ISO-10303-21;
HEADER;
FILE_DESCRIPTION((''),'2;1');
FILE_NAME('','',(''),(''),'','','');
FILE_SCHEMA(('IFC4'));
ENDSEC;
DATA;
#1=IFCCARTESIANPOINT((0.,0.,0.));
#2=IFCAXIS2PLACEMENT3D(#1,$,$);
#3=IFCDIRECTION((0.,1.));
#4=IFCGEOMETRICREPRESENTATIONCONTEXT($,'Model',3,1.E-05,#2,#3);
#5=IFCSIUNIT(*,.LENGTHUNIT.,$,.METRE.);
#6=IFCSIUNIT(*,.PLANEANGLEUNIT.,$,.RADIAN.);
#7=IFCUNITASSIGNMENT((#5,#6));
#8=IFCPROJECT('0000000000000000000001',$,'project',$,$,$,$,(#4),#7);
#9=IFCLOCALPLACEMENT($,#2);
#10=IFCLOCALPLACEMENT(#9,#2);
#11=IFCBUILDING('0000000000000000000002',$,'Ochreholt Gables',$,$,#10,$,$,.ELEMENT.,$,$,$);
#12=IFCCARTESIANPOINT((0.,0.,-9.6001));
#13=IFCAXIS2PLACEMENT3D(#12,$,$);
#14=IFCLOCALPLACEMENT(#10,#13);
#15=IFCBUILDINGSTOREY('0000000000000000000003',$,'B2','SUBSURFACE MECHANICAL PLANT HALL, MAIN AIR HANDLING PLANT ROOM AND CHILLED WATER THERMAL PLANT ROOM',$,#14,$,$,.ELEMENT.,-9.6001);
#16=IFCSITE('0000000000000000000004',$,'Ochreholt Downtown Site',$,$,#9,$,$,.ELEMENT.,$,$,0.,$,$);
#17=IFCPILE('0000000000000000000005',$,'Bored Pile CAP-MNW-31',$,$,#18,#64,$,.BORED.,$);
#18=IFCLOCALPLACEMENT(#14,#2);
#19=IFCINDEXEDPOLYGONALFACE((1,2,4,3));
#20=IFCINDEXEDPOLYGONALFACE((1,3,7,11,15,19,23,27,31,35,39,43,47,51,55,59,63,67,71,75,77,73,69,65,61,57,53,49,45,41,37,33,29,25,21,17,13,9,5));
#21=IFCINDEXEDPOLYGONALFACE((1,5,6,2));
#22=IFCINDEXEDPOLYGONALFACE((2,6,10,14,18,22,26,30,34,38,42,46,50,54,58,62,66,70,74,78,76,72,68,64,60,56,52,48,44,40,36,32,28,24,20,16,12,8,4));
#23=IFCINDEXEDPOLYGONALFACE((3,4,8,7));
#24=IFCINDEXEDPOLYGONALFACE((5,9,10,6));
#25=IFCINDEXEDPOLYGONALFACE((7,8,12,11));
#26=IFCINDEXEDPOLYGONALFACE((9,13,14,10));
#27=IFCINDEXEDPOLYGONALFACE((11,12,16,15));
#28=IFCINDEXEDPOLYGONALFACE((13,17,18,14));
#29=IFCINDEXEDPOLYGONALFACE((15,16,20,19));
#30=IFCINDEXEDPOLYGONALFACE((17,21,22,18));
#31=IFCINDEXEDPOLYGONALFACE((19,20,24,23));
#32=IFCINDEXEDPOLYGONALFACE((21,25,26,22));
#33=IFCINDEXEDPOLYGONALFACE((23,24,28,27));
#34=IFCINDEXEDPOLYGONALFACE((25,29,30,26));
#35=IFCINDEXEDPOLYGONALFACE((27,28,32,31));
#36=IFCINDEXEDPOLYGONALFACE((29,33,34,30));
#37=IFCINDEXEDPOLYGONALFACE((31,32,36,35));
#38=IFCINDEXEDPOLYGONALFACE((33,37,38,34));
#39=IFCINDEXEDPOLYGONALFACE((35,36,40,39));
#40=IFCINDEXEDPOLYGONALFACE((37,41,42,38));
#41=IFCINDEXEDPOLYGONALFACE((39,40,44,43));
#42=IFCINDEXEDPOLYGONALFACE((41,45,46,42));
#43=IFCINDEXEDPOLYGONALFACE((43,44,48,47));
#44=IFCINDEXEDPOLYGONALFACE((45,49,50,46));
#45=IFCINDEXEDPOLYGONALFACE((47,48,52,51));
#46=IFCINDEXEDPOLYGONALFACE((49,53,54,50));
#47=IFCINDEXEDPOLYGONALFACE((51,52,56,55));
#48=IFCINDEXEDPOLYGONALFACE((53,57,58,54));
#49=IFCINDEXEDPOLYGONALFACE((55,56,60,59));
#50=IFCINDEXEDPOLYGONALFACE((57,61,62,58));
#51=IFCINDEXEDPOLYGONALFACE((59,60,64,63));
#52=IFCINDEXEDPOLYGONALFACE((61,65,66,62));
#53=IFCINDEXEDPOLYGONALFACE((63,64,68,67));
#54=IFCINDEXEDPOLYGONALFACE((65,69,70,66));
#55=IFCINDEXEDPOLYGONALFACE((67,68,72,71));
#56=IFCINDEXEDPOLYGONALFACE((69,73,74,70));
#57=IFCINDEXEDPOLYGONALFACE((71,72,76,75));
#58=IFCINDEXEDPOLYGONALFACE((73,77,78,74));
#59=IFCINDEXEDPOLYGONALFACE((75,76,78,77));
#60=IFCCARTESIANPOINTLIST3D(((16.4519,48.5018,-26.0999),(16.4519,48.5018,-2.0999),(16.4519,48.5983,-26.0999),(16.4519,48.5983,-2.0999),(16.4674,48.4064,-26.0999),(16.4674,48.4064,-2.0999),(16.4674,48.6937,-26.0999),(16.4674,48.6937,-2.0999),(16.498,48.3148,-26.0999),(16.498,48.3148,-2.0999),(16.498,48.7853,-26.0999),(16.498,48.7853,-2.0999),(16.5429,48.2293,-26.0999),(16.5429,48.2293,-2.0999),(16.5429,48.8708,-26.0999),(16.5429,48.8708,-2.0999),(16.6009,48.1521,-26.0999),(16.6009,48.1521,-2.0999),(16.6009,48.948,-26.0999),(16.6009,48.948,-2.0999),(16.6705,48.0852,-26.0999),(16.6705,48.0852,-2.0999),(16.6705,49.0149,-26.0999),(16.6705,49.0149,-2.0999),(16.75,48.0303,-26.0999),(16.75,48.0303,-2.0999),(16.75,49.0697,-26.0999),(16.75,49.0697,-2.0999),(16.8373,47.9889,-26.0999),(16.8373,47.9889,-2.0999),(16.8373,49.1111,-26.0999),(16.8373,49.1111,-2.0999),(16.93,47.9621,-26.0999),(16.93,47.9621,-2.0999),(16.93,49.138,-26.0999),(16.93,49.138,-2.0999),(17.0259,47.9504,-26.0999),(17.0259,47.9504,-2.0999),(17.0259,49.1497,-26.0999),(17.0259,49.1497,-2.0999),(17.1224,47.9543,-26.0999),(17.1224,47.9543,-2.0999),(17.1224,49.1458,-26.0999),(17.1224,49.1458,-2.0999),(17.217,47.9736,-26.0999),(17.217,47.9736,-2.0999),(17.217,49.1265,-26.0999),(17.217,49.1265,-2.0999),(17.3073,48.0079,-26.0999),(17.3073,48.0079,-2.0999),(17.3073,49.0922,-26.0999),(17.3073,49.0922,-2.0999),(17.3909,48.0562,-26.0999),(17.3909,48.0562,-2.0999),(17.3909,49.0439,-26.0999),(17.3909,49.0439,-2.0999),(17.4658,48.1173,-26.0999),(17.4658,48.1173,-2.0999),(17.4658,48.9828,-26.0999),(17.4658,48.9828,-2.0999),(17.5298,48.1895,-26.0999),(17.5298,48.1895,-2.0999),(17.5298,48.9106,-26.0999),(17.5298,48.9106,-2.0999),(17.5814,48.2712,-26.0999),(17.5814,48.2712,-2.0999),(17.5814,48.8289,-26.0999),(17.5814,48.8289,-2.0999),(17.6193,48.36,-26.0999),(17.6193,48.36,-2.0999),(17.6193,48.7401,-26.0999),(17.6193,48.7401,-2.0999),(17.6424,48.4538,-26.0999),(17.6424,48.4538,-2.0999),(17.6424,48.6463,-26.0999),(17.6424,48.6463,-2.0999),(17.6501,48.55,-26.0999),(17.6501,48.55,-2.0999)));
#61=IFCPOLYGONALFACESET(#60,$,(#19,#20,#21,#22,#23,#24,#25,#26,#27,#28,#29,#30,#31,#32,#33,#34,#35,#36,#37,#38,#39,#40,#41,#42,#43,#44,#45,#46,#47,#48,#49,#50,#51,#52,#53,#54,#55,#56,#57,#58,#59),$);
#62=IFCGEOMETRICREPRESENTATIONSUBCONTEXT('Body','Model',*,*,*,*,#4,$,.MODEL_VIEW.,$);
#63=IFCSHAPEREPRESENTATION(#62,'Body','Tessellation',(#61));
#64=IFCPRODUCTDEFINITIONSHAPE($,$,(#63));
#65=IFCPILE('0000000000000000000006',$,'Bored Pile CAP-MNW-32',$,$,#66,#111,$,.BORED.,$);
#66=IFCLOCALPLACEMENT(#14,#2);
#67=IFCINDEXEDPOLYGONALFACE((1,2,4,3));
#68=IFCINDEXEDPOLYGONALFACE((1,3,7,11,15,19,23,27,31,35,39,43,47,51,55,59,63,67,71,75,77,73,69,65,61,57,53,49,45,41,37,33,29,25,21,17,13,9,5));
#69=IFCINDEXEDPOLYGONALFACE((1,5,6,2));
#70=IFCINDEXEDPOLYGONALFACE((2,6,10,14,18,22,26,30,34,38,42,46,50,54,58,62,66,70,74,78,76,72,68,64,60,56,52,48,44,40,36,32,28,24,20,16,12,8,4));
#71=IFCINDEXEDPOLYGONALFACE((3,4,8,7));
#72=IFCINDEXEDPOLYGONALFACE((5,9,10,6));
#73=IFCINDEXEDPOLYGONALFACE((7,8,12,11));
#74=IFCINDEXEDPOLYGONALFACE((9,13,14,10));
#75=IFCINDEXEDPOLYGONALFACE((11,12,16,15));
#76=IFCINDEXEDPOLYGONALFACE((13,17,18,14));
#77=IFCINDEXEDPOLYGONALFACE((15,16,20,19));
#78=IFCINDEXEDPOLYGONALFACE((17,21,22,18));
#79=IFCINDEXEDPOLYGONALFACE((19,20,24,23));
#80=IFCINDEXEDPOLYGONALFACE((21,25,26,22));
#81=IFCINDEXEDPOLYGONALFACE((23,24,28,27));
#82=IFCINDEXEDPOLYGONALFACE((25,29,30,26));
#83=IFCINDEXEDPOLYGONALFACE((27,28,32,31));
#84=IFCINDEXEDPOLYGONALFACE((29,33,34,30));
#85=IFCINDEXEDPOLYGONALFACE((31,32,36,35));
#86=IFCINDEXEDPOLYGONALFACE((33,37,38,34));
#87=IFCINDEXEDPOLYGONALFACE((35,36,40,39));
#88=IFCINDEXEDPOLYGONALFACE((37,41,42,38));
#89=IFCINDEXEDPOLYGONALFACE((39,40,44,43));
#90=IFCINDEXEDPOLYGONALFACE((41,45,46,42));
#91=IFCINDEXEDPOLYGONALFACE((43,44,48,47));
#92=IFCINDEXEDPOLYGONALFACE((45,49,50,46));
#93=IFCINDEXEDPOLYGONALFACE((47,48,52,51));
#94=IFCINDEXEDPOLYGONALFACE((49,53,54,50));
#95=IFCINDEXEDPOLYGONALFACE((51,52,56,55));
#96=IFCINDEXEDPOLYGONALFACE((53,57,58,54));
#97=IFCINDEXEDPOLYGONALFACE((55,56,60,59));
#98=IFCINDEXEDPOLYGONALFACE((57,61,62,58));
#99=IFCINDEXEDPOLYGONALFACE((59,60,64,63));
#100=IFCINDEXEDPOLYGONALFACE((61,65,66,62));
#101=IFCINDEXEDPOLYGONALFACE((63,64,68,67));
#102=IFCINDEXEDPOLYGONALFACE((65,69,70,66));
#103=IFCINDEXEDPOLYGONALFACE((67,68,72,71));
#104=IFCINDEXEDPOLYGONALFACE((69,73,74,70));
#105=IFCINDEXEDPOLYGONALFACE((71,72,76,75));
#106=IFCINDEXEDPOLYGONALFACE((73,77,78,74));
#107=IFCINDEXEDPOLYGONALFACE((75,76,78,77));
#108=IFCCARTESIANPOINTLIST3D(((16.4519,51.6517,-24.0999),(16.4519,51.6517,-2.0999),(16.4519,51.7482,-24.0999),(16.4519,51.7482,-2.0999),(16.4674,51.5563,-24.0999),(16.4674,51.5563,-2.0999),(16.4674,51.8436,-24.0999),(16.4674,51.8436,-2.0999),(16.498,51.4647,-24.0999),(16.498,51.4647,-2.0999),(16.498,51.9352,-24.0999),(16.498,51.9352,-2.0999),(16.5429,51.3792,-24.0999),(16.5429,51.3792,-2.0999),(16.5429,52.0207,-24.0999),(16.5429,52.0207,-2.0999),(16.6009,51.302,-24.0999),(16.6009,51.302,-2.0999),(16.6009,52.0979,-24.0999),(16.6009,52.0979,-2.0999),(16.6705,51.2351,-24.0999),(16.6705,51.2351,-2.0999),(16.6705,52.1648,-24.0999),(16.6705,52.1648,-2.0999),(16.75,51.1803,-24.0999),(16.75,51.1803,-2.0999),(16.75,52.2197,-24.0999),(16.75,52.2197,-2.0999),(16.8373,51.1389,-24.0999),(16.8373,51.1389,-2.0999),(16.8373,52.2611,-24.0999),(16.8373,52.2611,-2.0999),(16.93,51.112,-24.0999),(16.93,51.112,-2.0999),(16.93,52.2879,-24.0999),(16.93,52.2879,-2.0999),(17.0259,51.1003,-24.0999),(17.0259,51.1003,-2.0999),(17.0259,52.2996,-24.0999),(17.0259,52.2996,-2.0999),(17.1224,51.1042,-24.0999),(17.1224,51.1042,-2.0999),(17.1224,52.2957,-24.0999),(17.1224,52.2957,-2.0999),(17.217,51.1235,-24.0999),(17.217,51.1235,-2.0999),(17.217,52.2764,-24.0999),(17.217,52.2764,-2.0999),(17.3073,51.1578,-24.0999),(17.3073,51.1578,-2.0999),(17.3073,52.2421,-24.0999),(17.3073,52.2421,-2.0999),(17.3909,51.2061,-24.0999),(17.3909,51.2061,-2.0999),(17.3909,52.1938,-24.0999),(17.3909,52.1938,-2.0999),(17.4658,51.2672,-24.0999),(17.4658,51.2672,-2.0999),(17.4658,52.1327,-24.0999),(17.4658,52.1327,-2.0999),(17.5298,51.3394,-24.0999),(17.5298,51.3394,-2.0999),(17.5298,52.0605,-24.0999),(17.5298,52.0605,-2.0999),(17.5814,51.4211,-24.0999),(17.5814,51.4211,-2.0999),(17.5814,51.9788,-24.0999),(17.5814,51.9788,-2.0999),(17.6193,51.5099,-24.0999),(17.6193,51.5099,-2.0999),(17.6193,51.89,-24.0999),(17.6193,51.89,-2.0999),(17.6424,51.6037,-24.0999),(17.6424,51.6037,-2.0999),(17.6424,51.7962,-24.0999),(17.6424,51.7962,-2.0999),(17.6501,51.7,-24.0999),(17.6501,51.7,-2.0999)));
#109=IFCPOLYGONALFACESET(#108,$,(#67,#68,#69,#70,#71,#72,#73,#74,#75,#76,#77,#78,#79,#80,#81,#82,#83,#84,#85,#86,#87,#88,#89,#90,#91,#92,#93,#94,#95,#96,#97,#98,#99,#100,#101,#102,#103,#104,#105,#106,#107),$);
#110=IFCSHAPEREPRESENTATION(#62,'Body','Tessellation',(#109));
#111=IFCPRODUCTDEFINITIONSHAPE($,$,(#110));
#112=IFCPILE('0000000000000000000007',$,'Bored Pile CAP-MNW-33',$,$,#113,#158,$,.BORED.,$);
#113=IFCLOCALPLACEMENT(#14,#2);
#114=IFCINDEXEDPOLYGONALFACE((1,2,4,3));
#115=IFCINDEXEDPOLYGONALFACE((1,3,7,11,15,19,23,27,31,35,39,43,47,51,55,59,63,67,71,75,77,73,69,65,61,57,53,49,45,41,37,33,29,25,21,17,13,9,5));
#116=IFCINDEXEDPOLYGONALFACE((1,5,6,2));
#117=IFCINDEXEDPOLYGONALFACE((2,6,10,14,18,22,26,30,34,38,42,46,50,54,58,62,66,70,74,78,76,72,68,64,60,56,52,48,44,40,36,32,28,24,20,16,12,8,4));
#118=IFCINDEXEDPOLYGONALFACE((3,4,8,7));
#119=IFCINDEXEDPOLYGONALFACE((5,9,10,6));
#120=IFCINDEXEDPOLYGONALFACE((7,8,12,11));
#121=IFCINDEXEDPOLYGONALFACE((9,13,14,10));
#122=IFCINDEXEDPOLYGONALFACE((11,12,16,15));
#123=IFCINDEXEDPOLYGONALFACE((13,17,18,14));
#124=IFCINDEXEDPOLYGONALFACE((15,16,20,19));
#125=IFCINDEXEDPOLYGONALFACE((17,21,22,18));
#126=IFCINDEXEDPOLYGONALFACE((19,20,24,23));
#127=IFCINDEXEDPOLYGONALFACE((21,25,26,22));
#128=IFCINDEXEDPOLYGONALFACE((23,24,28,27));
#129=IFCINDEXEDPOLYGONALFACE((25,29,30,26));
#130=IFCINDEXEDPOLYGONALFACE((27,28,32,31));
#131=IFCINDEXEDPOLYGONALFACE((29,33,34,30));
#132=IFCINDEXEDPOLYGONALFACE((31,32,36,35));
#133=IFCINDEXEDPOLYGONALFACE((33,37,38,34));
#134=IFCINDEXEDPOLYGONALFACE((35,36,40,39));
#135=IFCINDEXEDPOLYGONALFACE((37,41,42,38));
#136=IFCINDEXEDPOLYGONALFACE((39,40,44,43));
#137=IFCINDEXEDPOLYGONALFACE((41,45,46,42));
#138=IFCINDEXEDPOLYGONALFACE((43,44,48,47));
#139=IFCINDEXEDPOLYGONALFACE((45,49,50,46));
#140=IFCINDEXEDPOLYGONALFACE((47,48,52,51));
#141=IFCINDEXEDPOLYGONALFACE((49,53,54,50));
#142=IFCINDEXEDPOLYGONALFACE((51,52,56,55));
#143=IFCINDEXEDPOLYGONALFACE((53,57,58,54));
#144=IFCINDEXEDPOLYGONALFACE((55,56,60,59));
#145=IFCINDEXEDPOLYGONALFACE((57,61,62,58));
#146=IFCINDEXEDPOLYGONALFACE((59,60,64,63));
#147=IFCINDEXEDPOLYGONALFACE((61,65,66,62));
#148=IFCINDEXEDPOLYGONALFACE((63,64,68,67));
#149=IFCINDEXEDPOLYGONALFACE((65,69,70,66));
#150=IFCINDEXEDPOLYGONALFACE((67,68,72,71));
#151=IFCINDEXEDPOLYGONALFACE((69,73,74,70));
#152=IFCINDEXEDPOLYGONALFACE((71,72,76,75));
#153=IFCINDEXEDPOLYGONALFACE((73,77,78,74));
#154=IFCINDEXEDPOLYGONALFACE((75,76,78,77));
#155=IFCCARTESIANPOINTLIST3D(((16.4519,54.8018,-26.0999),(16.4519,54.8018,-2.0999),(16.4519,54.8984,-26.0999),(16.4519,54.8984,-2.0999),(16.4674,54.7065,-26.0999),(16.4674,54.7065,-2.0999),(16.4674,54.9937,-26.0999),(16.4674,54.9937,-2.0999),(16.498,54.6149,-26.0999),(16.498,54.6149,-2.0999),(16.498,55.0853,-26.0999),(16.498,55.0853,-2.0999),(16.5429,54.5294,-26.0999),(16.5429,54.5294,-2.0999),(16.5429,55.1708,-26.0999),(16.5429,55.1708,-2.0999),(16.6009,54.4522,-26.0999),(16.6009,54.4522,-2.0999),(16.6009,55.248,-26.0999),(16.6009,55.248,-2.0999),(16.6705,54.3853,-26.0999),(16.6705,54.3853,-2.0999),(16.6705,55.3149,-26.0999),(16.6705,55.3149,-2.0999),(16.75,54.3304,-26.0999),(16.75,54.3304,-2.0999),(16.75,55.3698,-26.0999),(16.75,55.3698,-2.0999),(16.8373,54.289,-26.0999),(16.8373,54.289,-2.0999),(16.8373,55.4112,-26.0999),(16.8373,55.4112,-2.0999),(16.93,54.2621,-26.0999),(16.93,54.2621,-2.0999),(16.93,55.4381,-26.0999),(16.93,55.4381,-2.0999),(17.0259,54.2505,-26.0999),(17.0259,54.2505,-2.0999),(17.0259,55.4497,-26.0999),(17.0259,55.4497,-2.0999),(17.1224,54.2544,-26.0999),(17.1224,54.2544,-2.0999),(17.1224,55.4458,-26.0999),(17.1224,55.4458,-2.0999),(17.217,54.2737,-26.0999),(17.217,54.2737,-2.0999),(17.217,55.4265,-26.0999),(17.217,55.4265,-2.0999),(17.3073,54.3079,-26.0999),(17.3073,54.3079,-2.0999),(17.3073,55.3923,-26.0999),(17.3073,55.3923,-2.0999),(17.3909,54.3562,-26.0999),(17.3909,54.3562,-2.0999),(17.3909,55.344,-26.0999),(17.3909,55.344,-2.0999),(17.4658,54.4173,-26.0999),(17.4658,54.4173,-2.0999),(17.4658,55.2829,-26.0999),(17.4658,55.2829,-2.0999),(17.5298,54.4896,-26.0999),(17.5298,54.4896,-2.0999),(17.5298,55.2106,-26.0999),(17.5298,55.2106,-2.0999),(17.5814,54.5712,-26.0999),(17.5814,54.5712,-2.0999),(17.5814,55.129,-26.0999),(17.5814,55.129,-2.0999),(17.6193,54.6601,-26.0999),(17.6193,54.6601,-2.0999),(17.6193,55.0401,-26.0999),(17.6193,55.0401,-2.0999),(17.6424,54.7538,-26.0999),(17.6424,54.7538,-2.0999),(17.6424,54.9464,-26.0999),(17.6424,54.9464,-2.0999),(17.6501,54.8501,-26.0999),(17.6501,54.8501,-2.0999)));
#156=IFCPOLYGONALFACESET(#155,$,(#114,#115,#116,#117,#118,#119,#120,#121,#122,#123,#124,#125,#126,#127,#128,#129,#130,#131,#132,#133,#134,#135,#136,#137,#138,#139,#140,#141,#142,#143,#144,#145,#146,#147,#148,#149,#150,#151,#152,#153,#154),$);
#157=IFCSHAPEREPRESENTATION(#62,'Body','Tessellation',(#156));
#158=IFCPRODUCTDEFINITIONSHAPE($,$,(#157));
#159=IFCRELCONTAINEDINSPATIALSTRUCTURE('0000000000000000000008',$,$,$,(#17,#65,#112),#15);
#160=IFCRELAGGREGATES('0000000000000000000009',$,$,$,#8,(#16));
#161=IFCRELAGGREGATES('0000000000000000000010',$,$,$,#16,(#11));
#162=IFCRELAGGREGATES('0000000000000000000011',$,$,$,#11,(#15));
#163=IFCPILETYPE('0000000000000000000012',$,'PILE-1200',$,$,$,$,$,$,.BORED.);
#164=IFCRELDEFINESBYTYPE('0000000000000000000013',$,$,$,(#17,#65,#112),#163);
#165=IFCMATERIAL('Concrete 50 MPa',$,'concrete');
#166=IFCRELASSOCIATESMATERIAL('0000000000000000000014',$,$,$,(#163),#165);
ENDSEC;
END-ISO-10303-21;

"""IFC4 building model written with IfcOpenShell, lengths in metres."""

from ifc_helpers import new_model, si_unit, direction, frame, origin, origin_2d, place, context, subcontext, project, spatial, circle, extrude, material, material_profile, profile_set, type_object, element, save


model = new_model("IFC4")

# Units and contexts
model_context = context("Model", 3, precision=1e-05, world=origin(), true_north=direction((0.0, 1.0)))
body_context = subcontext(model_context, "Body", "Model", "MODEL_VIEW")
ifc_project = project(units=[si_unit("LENGTHUNIT", "METRE"), si_unit("PLANEANGLEUNIT", "RADIAN")], contexts=[model_context])

# Site, building, storey
site_placement = place(None, origin())
site = spatial("IfcSite", under=ifc_project, at=site_placement, Name="Ochreholt Downtown Site", CompositionType="ELEMENT", RefElevation=0.0)
building_placement = place(site_placement, origin())
building = spatial("IfcBuilding", under=site, at=building_placement, Name="Ochreholt Gables", CompositionType="ELEMENT")
storey_placement = place(building_placement, frame((0.0, 0.0, -9.6001)))
storey = spatial("IfcBuildingStorey", under=building, at=storey_placement, Name="B2", Description="SUBSURFACE MECHANICAL PLANT HALL, MAIN AIR HANDLING PLANT ROOM AND CHILLED WATER THERMAL PLANT ROOM", CompositionType="ELEMENT", Elevation=-9.6001)

# Shared definitions
ifc_material_1 = material(Name="Concrete 50 MPa", Category="concrete")

# Piles
ifc_material_profile_1 = material_profile(ifc_material_1, circle(Radius=0.6001, at=origin_2d()), Name="PILE1200")
ifc_profile_set_1 = profile_set([ifc_material_profile_1], Name="Concrete 50 MPa")
pile_type_1 = type_object("IfcPileType", Name="PILE-1200", PredefinedType="BORED", material=ifc_profile_set_1)
pile_1_placement = place(storey_placement, frame((17.05, 48.55, -2.0999), z_axis=(0.0, 0.0, -1.0), x_axis=(1.0, 0.0, 0.0)))
element("IfcPile", 1, at=pile_1_placement, inside=storey, type_object=pile_type_1, Name="Bored Pile CAP-MNW-31", PredefinedType="BORED", context=body_context, shape_type="SweptSolid", body=[
    extrude(circle(Radius=0.6001, at=origin_2d()), origin(), (0.0, 0.0, 1.0), 24.0),
])
pile_2_placement = place(storey_placement, frame((17.05, 51.7, -2.0999), z_axis=(0.0, 0.0, -1.0), x_axis=(1.0, 0.0, 0.0)))
element("IfcPile", 2, at=pile_2_placement, inside=storey, type_object=pile_type_1, Name="Bored Pile CAP-MNW-32", PredefinedType="BORED", context=body_context, shape_type="SweptSolid", body=[
    extrude(circle(Radius=0.6001, at=origin_2d()), origin(), (0.0, 0.0, 1.0), 22.0),
])
pile_3_placement = place(storey_placement, frame((17.05, 54.8501, -2.0999), z_axis=(0.0, 0.0, -1.0), x_axis=(1.0, 0.0, 0.0)))
element("IfcPile", 3, at=pile_3_placement, inside=storey, type_object=pile_type_1, Name="Bored Pile CAP-MNW-33", PredefinedType="BORED", context=body_context, shape_type="SweptSolid", body=[
    extrude(circle(Radius=0.6001, at=origin_2d()), origin(), (0.0, 0.0, 1.0), 24.0),
])

save(model, "model.ifc")
